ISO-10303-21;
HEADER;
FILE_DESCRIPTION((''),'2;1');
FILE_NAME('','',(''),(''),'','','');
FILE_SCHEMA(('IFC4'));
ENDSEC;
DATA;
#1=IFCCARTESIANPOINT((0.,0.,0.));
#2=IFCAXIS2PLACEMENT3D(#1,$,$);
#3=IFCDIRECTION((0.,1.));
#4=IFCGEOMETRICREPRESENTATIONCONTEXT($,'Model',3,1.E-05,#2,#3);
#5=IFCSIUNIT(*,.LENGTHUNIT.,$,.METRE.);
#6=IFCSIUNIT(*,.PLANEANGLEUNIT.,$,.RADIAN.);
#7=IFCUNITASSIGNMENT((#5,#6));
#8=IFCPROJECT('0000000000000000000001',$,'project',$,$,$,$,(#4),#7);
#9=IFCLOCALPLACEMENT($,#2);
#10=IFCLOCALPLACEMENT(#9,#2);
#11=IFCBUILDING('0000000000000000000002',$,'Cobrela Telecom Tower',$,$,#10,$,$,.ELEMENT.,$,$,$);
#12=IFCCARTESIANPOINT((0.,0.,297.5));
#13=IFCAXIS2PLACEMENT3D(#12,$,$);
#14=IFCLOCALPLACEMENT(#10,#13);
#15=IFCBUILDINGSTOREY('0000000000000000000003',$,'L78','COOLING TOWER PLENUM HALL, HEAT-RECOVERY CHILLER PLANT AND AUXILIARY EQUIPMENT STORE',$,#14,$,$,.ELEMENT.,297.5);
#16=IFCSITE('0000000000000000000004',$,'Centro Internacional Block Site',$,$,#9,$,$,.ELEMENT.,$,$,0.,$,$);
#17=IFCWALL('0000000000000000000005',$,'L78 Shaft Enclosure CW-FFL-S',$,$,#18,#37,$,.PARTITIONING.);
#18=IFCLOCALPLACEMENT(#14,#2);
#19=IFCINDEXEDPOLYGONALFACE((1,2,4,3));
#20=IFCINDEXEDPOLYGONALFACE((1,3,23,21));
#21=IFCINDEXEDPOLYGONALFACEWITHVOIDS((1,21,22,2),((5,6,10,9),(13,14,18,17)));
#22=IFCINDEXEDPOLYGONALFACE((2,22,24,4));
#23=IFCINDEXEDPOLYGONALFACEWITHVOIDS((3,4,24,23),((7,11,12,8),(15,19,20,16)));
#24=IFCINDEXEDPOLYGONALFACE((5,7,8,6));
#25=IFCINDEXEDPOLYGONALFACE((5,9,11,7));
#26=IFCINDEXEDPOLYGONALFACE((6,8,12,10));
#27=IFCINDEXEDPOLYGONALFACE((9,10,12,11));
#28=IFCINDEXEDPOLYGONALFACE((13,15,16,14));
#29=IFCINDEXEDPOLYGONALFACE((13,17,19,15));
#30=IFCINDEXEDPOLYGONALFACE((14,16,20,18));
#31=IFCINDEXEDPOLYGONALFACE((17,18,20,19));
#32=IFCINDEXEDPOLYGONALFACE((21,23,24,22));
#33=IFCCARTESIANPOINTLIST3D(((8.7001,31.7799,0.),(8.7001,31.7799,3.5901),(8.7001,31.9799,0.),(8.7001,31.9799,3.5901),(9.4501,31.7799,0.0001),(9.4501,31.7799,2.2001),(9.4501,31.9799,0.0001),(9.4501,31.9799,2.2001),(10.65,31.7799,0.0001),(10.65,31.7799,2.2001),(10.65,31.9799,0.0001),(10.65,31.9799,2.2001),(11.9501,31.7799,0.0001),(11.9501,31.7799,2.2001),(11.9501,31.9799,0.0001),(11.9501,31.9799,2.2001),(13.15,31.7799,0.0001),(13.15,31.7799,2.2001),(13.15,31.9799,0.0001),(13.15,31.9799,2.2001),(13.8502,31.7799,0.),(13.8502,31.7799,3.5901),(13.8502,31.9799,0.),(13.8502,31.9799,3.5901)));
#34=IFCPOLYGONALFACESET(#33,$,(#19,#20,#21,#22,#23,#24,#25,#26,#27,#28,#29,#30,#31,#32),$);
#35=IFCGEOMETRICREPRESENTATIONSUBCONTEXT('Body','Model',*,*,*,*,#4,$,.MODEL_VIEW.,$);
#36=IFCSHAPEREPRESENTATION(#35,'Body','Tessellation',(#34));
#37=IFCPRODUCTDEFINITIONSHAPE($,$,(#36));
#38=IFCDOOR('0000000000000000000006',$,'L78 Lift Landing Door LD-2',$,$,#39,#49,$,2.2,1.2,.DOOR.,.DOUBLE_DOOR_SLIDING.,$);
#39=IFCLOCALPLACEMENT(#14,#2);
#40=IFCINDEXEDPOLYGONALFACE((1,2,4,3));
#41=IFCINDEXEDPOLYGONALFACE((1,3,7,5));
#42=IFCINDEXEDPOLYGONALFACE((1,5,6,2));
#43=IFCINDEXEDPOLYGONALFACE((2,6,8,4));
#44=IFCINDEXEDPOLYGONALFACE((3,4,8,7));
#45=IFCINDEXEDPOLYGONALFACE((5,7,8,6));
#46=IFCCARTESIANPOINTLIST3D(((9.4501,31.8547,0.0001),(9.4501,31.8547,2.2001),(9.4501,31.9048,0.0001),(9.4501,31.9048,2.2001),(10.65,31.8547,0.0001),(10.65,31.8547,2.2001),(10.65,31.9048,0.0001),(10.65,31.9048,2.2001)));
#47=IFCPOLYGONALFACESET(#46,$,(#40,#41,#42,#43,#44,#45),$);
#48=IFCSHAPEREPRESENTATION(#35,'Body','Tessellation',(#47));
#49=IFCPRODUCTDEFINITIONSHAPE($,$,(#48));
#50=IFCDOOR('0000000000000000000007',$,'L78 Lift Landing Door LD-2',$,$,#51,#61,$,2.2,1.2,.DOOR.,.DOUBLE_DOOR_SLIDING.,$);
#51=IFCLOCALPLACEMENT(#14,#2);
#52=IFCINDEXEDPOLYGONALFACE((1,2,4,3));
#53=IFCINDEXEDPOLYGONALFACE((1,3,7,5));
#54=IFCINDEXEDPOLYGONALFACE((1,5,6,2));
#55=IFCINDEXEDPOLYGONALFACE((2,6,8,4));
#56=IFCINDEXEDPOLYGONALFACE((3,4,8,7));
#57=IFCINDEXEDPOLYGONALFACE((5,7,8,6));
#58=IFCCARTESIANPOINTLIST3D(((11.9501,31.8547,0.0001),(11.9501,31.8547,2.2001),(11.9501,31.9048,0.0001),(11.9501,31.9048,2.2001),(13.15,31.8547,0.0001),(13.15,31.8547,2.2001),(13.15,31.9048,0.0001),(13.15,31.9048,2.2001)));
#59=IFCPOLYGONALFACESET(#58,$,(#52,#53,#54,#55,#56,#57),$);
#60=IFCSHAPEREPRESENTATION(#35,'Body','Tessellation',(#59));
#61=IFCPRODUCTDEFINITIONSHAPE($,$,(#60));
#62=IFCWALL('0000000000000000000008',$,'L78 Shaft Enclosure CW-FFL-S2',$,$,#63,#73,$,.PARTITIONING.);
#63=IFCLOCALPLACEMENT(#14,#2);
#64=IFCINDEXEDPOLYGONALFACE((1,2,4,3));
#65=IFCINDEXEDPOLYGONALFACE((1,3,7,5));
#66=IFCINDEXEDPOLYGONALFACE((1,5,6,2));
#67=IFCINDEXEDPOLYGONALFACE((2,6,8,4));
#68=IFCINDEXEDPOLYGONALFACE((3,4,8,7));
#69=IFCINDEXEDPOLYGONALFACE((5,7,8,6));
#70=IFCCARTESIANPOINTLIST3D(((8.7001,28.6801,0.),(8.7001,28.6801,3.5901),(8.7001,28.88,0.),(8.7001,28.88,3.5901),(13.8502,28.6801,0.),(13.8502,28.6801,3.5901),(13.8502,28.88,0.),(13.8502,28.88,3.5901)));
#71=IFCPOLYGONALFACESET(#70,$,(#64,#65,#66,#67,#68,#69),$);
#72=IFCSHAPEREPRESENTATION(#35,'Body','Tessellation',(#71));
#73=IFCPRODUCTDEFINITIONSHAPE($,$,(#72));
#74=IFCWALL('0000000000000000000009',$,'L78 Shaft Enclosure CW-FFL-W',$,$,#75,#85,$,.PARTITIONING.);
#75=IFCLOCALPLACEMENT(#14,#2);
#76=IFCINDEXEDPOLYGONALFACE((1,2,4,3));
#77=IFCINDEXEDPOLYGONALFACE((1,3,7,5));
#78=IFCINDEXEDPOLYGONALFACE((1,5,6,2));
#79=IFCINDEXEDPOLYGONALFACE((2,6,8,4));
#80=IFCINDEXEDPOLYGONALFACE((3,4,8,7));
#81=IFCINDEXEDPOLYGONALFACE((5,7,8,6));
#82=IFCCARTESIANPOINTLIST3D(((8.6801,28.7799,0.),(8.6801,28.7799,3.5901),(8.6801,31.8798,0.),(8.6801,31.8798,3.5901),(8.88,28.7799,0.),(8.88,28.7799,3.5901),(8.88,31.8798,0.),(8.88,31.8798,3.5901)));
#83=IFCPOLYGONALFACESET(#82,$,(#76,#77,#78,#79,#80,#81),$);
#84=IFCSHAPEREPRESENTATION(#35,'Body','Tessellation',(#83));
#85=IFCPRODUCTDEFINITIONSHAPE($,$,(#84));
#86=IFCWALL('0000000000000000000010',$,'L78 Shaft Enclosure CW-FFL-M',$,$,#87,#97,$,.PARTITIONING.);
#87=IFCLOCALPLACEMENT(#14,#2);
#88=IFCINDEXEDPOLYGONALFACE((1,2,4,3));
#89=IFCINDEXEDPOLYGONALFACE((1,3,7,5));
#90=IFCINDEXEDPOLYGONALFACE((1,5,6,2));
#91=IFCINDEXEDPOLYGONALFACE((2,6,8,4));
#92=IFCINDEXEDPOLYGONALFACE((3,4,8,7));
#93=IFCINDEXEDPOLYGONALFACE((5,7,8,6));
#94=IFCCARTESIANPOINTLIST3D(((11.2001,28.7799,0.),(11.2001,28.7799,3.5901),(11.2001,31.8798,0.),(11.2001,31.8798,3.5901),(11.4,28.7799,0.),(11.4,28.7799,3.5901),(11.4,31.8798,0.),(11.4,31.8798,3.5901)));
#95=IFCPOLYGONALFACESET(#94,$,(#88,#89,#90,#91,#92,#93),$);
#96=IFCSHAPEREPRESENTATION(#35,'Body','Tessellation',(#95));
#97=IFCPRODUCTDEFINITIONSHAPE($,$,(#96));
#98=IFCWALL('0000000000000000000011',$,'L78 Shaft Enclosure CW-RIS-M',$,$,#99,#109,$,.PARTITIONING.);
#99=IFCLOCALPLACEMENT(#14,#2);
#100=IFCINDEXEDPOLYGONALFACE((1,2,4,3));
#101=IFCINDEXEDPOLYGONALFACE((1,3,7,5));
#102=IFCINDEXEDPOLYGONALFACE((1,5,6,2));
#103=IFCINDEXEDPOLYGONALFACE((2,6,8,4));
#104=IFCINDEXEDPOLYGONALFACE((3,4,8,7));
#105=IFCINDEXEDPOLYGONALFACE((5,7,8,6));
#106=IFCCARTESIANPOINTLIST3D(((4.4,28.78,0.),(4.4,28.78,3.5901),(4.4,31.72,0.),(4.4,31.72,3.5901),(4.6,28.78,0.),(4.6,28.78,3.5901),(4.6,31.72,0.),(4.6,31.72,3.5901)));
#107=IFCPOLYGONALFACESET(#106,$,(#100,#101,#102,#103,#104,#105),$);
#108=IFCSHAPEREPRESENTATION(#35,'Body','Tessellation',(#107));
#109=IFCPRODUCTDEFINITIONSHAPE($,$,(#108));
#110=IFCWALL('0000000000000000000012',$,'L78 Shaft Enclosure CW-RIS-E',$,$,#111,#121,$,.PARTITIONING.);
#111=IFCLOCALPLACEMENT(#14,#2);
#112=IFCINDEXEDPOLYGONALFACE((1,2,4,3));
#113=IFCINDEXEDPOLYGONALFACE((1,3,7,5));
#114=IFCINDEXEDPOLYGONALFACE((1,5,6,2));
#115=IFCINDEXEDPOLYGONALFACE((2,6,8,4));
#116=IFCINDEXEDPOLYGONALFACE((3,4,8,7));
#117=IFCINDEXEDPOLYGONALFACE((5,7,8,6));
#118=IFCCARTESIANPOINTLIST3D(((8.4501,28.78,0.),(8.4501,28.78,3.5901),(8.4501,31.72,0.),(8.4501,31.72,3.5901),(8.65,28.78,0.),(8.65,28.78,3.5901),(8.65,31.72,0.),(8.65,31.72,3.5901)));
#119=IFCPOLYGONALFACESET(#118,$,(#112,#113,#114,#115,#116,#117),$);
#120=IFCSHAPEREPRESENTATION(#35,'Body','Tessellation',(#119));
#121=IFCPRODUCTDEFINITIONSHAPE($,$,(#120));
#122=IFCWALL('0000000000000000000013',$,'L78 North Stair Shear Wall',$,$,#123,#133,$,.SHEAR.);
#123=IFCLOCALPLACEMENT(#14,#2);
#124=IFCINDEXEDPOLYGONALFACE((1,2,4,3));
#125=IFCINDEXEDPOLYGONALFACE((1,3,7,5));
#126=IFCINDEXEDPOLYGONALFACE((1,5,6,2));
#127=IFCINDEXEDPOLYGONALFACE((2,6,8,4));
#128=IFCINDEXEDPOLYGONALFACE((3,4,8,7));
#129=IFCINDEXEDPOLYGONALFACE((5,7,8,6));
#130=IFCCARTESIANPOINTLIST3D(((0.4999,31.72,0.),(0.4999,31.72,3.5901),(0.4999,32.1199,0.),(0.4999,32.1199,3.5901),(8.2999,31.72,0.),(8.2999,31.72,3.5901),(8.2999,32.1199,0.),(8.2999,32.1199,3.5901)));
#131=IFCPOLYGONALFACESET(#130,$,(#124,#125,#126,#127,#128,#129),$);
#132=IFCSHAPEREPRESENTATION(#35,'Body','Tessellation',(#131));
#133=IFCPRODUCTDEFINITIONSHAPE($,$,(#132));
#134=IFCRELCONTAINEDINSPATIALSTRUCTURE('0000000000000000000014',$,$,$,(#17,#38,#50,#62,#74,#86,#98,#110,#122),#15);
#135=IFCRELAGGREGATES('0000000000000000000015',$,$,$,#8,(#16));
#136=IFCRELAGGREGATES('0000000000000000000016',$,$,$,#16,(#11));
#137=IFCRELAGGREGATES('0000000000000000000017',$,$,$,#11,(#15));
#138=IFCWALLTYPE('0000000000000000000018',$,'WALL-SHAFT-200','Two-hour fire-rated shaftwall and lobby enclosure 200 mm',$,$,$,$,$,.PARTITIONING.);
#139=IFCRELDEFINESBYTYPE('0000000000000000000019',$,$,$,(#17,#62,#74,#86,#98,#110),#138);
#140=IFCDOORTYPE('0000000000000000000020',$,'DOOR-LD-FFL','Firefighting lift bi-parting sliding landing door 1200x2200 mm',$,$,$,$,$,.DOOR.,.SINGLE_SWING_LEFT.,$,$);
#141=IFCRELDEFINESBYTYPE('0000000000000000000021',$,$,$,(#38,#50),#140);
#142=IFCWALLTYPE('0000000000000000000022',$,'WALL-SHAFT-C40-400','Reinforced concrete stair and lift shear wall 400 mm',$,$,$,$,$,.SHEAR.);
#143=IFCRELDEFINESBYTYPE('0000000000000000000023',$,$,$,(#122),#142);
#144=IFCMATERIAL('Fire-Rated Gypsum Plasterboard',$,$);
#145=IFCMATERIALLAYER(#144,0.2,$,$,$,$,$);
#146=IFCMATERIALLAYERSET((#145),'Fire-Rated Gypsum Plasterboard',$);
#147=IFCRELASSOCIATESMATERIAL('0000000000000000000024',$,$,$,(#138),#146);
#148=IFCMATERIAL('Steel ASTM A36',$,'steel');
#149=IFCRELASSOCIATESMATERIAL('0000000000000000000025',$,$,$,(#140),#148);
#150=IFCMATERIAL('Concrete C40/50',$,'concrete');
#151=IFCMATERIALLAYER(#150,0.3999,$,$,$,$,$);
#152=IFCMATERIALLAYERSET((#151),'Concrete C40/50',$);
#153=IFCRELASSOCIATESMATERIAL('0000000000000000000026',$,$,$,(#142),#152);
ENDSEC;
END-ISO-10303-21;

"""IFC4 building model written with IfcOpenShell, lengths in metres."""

from ifc_helpers import new_model, si_unit, direction, frame, frame_2d, origin, place, context, subcontext, project, spatial, rectangle, extrude, material, layer, layer_set, type_object, element, fill, save


model = new_model("IFC4")

# Units and contexts
model_context = context("Model", 3, precision=1e-05, world=origin(), true_north=direction((0.0, 1.0)))
body_context = subcontext(model_context, "Body", "Model", "MODEL_VIEW")
ifc_project = project(units=[si_unit("LENGTHUNIT", "METRE"), si_unit("PLANEANGLEUNIT", "RADIAN")], contexts=[model_context])

# Site, building, storey
site_placement = place(None, origin())
site = spatial("IfcSite", under=ifc_project, at=site_placement, Name="Centro Internacional Block Site", CompositionType="ELEMENT", RefElevation=0.0)
building_placement = place(site_placement, origin())
building = spatial("IfcBuilding", under=site, at=building_placement, Name="Cobrela Telecom Tower", CompositionType="ELEMENT")
storey_placement = place(building_placement, frame((0.0, 0.0, 297.5)))
storey = spatial("IfcBuildingStorey", under=building, at=storey_placement, Name="L78", Description="COOLING TOWER PLENUM HALL, HEAT-RECOVERY CHILLER PLANT AND AUXILIARY EQUIPMENT STORE", CompositionType="ELEMENT", Elevation=297.5)

# Shared definitions
ifc_material_1 = material(Name="Fire-Rated Gypsum Plasterboard")

# Wall, openings, doors
ifc_layer_1 = layer(ifc_material_1, 0.2)
ifc_layer_set_1 = layer_set([ifc_layer_1], Name="Fire-Rated Gypsum Plasterboard")
wall_type_1 = type_object("IfcWallType", Name="WALL-SHAFT-200", Description="Two-hour fire-rated shaftwall and lobby enclosure 200 mm", PredefinedType="PARTITIONING", material=ifc_layer_set_1)
wall_1_placement = place(storey_placement, frame((8.7, 31.8799, 0.0), z_axis=(0.0, 0.0, 1.0), x_axis=(1.0, 0.0, 0.0)))
wall_1 = element("IfcWall", 1, at=wall_1_placement, inside=storey, type_object=wall_type_1, Name="L78 Shaft Enclosure CW-FFL-S", PredefinedType="PARTITIONING", context=body_context, shape_type="SweptSolid", body=[
    extrude(rectangle(XDim=5.1501, YDim=0.2, at=frame_2d((2.5752, 0.0))), origin(), (0.0, 0.0, 1.0), 3.5901),
])
opening_1_placement = place(wall_1_placement, frame((0.75, 0.0, 0.0)))
opening_1 = element("IfcOpeningElement", 2, at=opening_1_placement, cuts=wall_1, PredefinedType="OPENING", context=body_context, shape_type="SweptSolid", body=[
    extrude(rectangle(XDim=1.2, YDim=2.2, at=frame_2d((0.6001, 1.1001))), frame((0.0, 0.1118, 0.0), z_axis=(0.0, -1.0, 0.0), x_axis=(1.0, 0.0, 0.0)), (0.0, 0.0, 1.0), 0.2239),
])
opening_2_placement = place(wall_1_placement, frame((3.25, 0.0, 0.0)))
opening_2 = element("IfcOpeningElement", 3, at=opening_2_placement, cuts=wall_1, PredefinedType="OPENING", context=body_context, shape_type="SweptSolid", body=[
    extrude(rectangle(XDim=1.2, YDim=2.2, at=frame_2d((0.6001, 1.1001))), frame((0.0, 0.1118, 0.0), z_axis=(0.0, -1.0, 0.0), x_axis=(1.0, 0.0, 0.0)), (0.0, 0.0, 1.0), 0.2239),
])
ifc_material_2 = material(Name="Steel ASTM A36", Category="steel")
door_type_1 = type_object("IfcDoorType", Name="DOOR-LD-FFL", Description="Firefighting lift bi-parting sliding landing door 1200x2200 mm", OperationType="SINGLE_SWING_LEFT", PredefinedType="DOOR", material=ifc_material_2)
door_1_placement = place(opening_1_placement, origin())
door_1 = element("IfcDoor", 4, at=door_1_placement, inside=storey, type_object=door_type_1, Name="L78 Lift Landing Door LD-2", OperationType="DOUBLE_DOOR_SLIDING", OverallHeight=2.2, OverallWidth=1.2, PredefinedType="DOOR", context=body_context, shape_type="SweptSolid", body=[
    extrude(rectangle(XDim=1.2, YDim=2.2, at=frame_2d((0.6001, 1.1001))), frame((0.0, 0.0249, 0.0), z_axis=(0.0, -1.0, 0.0), x_axis=(1.0, 0.0, 0.0)), (0.0, 0.0, 1.0), 0.05),
])
fill(opening_1, door_1)
door_2_placement = place(opening_2_placement, origin())
door_2 = element("IfcDoor", 5, at=door_2_placement, inside=storey, type_object=door_type_1, Name="L78 Lift Landing Door LD-2", OperationType="DOUBLE_DOOR_SLIDING", OverallHeight=2.2, OverallWidth=1.2, PredefinedType="DOOR", context=body_context, shape_type="SweptSolid", body=[
    extrude(rectangle(XDim=1.2, YDim=2.2, at=frame_2d((0.6001, 1.1001))), frame((0.0, 0.0249, 0.0), z_axis=(0.0, -1.0, 0.0), x_axis=(1.0, 0.0, 0.0)), (0.0, 0.0, 1.0), 0.05),
])
fill(opening_2, door_2)

# Walls
wall_2_placement = place(storey_placement, frame((8.7, 28.78, 0.0), z_axis=(0.0, 0.0, 1.0), x_axis=(1.0, 0.0, 0.0)))
element("IfcWall", 6, at=wall_2_placement, inside=storey, type_object=wall_type_1, Name="L78 Shaft Enclosure CW-FFL-S2", PredefinedType="PARTITIONING", context=body_context, shape_type="SweptSolid", body=[
    extrude(rectangle(XDim=5.1501, YDim=0.2, at=frame_2d((2.5752, 0.0))), origin(), (0.0, 0.0, 1.0), 3.5901),
])
for number, where, z_axis, x_axis, name in (
    (7, (8.78, 28.78, 0.0), (0.0, 0.0, 1.0), (0.0, 1.0, 0.0), "L78 Shaft Enclosure CW-FFL-W"),
    (8, (11.3, 28.78, 0.0), (0.0, 0.0, 1.0), (0.0, 1.0, 0.0), "L78 Shaft Enclosure CW-FFL-M"),
):
    element("IfcWall", number, at=place(storey_placement, frame(where, z_axis=z_axis, x_axis=x_axis)), inside=storey, type_object=wall_type_1, Name=name, PredefinedType="PARTITIONING", context=body_context, shape_type="SweptSolid", body=[
        extrude(rectangle(XDim=3.0999, YDim=0.2, at=frame_2d((1.5498, 0.0))), origin(), (0.0, 0.0, 1.0), 3.5901),
    ])

# Walls
for number, where, z_axis, x_axis, name in (
    (9, (4.5, 28.78, 0.0), (0.0, 0.0, 1.0), (0.0, 1.0, 0.0), "L78 Shaft Enclosure CW-RIS-M"),
    (10, (8.55, 28.78, 0.0), (0.0, 0.0, 1.0), (0.0, 1.0, 0.0), "L78 Shaft Enclosure CW-RIS-E"),
):
    element("IfcWall", number, at=place(storey_placement, frame(where, z_axis=z_axis, x_axis=x_axis)), inside=storey, type_object=wall_type_1, Name=name, PredefinedType="PARTITIONING", context=body_context, shape_type="SweptSolid", body=[
        extrude(rectangle(XDim=2.9399, YDim=0.2, at=frame_2d((1.47, 0.0))), origin(), (0.0, 0.0, 1.0), 3.5901),
    ])
ifc_material_3 = material(Name="Concrete C40/50", Category="concrete")
ifc_layer_2 = layer(ifc_material_3, 0.3999)
ifc_layer_set_2 = layer_set([ifc_layer_2], Name="Concrete C40/50")
wall_type_2 = type_object("IfcWallType", Name="WALL-SHAFT-C40-400", Description="Reinforced concrete stair and lift shear wall 400 mm", PredefinedType="SHEAR", material=ifc_layer_set_2)
wall_3_placement = place(storey_placement, frame((0.5, 31.9199, 0.0), z_axis=(0.0, 0.0, 1.0), x_axis=(1.0, 0.0, 0.0)))
element("IfcWall", 11, at=wall_3_placement, inside=storey, type_object=wall_type_2, Name="L78 North Stair Shear Wall", PredefinedType="SHEAR", context=body_context, shape_type="SweptSolid", body=[
    extrude(rectangle(XDim=7.8, YDim=0.3999, at=frame_2d((3.8999, 0.0))), origin(), (0.0, 0.0, 1.0), 3.5901),
])

save(model, "model.ifc")
